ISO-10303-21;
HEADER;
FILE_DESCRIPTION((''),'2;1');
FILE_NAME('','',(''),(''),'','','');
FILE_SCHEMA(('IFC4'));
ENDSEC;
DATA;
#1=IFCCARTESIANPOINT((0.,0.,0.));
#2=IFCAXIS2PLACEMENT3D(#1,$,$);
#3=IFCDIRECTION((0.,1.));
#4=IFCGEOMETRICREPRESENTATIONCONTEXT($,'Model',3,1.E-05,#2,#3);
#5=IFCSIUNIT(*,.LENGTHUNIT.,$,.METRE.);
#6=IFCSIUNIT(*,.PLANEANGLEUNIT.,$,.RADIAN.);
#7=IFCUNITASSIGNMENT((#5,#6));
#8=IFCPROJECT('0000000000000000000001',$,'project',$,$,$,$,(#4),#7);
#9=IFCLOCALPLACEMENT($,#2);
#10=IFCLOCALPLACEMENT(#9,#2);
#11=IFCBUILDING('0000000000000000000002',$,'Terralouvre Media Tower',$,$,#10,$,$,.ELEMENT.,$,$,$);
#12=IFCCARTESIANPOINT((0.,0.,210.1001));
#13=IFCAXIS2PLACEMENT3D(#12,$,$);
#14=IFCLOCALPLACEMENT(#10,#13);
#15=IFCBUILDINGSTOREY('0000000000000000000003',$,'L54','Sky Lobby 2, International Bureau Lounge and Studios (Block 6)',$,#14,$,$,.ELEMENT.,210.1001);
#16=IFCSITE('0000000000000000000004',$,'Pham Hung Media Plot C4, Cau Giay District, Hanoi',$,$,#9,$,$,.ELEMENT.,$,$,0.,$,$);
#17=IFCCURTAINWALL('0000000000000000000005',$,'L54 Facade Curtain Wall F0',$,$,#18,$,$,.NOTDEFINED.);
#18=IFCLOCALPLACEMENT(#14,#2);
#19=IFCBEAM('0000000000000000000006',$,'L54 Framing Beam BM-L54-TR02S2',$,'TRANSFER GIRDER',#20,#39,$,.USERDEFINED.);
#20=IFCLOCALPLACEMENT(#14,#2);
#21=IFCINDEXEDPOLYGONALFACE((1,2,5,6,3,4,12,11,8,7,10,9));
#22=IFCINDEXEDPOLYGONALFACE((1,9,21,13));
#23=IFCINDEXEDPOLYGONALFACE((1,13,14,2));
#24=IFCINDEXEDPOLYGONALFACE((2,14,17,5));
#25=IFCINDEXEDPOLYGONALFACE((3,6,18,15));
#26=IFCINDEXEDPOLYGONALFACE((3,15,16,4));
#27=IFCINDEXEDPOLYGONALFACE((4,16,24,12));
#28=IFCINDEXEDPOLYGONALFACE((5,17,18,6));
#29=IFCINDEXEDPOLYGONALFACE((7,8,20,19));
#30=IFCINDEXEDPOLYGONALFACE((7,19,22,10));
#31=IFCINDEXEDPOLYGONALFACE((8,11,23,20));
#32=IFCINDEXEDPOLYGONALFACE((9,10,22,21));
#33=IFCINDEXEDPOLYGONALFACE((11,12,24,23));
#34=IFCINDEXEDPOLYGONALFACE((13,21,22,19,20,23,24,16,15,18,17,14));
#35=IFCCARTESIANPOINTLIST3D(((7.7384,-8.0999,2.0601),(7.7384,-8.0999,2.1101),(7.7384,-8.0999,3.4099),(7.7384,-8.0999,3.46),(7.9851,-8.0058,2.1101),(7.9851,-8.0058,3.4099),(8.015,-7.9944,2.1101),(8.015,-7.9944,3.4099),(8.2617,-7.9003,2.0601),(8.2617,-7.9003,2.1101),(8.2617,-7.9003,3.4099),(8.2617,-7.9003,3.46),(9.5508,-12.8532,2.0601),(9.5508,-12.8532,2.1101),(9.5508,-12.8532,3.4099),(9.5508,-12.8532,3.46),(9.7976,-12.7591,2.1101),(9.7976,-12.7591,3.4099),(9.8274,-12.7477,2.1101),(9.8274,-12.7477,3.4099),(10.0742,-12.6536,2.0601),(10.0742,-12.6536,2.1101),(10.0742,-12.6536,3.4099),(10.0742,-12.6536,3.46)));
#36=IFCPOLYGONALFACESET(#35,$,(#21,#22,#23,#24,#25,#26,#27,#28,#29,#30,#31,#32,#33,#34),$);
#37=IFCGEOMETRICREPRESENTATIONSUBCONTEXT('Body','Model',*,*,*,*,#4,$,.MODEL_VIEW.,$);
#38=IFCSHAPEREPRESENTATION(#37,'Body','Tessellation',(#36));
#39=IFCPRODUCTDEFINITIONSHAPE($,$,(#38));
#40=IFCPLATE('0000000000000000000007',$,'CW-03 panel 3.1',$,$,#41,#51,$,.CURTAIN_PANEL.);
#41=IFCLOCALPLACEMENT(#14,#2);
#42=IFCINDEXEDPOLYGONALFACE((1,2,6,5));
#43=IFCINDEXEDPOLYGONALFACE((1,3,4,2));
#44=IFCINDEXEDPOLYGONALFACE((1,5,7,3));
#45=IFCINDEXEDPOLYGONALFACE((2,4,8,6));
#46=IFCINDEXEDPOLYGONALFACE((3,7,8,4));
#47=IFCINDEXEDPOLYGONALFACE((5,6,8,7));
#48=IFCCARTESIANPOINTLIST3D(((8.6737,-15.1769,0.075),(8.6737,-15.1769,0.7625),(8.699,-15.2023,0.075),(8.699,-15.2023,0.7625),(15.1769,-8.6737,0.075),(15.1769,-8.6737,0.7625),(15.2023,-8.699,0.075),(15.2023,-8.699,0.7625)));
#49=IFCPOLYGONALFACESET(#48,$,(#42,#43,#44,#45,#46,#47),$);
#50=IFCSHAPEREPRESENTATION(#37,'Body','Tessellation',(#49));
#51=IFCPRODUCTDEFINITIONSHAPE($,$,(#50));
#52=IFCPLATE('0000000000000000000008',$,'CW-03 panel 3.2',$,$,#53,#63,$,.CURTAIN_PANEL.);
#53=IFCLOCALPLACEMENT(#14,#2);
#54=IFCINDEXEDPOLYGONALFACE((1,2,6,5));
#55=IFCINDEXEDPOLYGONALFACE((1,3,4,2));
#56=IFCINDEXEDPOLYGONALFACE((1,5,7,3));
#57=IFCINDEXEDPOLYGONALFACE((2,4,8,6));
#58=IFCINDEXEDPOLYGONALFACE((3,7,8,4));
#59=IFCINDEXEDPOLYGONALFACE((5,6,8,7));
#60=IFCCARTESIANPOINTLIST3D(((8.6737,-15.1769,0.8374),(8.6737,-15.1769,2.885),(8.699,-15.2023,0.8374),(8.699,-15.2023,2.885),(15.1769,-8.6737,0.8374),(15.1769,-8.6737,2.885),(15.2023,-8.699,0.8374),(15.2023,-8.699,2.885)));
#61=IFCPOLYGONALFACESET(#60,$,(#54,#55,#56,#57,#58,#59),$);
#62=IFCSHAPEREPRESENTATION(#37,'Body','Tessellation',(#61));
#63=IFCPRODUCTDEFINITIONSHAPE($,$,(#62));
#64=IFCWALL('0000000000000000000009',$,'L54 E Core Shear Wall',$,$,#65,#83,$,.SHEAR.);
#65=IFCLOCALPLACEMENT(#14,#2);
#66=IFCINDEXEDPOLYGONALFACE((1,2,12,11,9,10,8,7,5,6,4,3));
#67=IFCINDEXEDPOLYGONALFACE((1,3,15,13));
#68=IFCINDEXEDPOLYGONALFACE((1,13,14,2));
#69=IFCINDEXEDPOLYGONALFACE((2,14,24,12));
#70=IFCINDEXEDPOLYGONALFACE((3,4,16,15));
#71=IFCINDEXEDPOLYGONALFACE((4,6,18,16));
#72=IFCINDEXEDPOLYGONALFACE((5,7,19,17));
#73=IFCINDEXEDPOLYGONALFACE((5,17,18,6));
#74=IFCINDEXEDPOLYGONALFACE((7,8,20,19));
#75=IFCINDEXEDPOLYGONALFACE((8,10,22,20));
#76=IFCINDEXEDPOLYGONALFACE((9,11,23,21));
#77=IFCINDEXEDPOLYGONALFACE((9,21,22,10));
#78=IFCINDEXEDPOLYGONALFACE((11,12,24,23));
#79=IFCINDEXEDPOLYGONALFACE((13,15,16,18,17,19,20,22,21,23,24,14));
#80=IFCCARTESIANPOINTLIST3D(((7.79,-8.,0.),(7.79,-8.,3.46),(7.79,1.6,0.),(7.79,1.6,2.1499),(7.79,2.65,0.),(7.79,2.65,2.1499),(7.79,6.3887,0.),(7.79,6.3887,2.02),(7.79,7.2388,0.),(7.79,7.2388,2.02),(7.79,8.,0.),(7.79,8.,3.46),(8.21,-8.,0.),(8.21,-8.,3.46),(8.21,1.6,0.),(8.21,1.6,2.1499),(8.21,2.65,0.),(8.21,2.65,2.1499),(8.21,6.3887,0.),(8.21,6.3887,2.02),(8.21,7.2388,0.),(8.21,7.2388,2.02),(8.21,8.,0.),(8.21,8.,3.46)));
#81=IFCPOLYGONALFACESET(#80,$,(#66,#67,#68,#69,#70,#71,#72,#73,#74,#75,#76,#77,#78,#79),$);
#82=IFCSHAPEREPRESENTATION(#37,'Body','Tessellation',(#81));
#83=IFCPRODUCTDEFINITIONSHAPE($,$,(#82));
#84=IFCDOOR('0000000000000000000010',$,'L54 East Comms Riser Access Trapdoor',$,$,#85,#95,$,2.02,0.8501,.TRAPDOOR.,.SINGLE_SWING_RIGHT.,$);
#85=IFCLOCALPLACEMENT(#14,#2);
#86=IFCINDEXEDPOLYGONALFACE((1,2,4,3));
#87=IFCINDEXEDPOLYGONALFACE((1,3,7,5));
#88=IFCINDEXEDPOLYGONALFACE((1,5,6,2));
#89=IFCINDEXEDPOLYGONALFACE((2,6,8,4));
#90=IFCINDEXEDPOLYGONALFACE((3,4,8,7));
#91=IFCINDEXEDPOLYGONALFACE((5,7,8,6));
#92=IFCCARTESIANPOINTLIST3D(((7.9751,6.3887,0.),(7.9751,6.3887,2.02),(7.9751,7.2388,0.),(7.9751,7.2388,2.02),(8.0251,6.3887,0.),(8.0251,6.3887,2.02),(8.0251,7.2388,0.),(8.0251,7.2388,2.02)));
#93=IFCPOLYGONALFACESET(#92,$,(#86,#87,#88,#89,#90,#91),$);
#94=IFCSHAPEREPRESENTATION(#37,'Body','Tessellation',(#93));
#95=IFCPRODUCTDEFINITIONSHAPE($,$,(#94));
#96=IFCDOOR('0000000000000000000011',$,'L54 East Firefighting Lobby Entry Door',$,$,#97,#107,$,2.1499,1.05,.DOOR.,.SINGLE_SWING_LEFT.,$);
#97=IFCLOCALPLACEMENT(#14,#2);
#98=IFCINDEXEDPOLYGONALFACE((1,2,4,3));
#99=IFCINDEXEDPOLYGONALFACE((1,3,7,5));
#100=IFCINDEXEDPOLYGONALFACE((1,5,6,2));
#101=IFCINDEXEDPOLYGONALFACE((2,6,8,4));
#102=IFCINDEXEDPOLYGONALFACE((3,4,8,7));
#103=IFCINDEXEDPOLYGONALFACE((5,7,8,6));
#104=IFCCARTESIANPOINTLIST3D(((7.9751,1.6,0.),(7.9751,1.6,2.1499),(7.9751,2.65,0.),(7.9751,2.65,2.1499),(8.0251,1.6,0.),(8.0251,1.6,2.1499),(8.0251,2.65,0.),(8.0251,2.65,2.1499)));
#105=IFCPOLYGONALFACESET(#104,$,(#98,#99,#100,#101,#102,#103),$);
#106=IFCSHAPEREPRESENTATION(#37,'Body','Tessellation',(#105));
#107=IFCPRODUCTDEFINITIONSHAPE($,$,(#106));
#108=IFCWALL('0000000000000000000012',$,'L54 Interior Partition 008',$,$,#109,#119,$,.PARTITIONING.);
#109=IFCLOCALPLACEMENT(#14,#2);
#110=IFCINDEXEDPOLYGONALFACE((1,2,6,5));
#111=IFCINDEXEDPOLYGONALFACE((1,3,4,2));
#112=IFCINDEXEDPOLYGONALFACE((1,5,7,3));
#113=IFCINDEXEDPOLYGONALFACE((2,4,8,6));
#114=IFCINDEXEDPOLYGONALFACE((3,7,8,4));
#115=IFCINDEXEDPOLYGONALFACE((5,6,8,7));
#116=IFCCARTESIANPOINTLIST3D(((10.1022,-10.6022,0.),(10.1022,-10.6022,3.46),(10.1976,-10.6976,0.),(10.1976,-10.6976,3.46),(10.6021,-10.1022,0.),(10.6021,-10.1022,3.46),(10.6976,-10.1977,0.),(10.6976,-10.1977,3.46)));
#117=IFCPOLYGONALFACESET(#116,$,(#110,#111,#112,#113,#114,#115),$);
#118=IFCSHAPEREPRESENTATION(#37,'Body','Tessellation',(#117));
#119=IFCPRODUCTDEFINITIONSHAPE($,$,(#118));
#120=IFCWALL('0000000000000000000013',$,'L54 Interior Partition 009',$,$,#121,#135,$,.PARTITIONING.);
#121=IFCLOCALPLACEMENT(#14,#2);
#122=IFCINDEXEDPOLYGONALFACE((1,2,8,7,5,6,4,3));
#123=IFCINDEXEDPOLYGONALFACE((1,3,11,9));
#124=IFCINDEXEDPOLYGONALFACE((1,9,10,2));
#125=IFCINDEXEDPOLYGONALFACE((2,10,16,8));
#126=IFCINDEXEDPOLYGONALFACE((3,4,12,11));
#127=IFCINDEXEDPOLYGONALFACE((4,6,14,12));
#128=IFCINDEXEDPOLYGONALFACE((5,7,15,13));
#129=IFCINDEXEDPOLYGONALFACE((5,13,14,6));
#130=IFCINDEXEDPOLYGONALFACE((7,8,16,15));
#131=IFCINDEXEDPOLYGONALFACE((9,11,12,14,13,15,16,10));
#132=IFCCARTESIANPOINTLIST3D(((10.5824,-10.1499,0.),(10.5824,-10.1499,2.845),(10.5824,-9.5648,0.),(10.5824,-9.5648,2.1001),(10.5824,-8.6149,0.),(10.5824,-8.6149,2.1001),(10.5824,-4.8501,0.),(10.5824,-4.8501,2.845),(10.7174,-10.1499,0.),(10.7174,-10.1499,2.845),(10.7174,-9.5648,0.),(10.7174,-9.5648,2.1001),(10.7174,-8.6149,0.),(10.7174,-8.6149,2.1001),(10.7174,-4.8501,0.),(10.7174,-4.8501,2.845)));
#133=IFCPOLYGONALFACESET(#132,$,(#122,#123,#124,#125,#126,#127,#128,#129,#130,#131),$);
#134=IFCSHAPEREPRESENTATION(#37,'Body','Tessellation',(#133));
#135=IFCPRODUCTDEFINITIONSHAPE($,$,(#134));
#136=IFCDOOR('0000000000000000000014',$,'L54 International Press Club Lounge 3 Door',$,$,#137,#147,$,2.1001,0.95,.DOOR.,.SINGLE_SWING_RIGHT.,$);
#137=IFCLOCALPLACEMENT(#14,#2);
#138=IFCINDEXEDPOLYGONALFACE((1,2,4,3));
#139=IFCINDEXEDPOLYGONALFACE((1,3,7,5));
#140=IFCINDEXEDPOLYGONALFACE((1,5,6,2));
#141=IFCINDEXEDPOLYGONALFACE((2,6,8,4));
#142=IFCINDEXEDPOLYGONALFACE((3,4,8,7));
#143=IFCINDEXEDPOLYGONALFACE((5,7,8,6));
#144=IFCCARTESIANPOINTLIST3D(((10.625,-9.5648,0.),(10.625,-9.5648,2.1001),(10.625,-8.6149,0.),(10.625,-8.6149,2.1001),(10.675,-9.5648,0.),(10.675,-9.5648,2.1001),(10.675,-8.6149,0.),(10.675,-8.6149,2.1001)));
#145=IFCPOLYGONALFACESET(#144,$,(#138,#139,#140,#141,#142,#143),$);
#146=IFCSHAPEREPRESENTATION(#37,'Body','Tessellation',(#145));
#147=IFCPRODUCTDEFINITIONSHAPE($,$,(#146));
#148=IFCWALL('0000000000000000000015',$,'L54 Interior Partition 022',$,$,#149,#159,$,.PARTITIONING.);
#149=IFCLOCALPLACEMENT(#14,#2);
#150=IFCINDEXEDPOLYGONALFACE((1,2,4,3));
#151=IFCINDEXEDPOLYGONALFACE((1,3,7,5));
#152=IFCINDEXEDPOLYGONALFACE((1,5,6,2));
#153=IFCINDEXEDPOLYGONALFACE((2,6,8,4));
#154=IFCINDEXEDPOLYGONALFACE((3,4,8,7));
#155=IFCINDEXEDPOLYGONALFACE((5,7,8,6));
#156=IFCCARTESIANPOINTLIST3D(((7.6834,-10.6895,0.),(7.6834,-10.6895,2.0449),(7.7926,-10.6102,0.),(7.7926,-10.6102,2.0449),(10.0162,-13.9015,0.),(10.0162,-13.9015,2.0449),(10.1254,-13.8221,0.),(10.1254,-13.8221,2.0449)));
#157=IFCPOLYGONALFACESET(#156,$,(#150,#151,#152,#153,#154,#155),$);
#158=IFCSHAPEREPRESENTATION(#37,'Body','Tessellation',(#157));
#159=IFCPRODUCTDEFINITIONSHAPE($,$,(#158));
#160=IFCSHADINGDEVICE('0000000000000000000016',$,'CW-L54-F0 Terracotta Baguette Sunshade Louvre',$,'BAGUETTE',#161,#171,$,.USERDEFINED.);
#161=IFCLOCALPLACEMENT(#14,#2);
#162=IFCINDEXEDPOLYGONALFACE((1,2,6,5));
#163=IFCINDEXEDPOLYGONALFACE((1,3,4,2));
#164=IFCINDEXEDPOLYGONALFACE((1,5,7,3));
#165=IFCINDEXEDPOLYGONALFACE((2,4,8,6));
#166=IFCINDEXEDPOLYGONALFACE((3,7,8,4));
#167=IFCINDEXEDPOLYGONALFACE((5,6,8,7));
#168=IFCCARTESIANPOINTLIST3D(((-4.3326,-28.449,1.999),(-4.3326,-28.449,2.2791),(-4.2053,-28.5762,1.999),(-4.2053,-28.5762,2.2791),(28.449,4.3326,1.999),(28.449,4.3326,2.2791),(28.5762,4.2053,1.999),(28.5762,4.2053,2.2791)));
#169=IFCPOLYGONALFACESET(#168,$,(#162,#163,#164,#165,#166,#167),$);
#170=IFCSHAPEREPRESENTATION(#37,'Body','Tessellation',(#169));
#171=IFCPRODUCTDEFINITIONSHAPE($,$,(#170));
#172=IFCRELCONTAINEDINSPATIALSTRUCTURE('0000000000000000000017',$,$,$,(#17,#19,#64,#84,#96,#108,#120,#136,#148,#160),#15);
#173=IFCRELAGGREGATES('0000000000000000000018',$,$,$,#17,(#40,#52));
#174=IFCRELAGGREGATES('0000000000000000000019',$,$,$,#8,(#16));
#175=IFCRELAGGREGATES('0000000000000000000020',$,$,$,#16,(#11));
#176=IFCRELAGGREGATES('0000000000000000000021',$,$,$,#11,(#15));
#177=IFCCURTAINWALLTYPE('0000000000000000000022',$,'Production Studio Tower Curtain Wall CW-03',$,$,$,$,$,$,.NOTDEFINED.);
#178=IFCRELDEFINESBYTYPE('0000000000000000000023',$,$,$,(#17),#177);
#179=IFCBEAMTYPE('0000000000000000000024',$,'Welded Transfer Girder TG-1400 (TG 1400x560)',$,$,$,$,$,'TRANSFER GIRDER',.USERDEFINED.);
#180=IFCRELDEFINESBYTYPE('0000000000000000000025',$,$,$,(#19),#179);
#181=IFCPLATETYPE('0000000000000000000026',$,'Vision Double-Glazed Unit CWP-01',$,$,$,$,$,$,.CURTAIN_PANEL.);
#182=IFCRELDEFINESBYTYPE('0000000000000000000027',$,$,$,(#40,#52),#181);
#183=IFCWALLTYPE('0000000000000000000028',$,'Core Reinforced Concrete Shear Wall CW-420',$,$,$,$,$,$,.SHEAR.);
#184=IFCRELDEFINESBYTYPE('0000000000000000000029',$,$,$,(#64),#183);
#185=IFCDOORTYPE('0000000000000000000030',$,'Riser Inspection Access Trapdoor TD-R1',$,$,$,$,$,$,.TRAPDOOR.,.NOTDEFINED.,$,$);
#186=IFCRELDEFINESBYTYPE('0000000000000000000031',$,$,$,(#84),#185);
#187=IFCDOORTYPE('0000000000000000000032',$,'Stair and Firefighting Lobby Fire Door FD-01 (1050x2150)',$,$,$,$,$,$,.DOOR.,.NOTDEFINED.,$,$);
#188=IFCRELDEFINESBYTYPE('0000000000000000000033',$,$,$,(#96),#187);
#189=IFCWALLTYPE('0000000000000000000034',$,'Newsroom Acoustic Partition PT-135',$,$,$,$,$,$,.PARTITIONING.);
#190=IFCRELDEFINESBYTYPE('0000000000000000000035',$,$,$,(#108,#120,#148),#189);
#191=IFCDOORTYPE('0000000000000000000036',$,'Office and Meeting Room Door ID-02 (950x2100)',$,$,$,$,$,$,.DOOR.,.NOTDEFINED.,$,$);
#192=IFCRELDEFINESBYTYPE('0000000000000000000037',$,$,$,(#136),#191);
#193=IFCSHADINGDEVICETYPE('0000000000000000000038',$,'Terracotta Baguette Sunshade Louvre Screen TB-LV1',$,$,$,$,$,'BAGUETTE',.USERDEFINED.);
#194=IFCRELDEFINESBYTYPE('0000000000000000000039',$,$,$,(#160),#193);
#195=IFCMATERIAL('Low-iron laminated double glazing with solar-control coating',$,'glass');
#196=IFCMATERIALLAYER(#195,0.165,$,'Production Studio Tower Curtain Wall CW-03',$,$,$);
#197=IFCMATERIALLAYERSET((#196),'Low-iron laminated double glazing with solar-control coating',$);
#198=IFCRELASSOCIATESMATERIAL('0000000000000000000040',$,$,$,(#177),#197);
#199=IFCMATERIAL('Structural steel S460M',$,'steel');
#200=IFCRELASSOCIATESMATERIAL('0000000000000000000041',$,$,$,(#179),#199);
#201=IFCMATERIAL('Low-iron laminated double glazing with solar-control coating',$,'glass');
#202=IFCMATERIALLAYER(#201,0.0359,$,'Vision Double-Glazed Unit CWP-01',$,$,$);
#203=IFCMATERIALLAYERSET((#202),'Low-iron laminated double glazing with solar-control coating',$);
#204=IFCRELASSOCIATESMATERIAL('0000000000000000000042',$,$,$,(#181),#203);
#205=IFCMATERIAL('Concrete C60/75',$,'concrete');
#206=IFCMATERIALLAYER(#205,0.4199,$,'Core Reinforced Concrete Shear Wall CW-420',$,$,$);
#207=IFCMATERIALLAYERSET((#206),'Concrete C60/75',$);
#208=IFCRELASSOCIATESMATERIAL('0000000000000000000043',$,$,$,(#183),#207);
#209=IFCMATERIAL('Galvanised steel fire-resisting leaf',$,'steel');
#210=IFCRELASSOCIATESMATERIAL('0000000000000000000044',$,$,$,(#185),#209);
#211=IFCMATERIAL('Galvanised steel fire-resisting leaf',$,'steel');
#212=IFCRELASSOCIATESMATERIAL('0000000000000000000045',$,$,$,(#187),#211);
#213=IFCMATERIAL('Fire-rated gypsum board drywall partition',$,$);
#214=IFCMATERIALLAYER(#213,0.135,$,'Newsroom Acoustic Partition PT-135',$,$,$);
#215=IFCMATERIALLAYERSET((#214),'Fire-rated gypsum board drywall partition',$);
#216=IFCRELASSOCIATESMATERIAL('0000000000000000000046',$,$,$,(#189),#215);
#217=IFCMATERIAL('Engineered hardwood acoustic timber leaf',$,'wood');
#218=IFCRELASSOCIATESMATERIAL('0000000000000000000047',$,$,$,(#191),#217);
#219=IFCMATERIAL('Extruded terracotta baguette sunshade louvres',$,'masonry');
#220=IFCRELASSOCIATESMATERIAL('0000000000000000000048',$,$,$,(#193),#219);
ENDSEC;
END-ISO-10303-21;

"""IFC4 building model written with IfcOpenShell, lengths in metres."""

from ifc_helpers import new_model, si_unit, direction, frame, frame_2d, origin, origin_2d, place, context, subcontext, project, spatial, rectangle, i_section, extrude, material, layer, layer_set, material_profile, profile_set, type_object, element, fill, aggregate, save


model = new_model("IFC4")

# Units and contexts
model_context = context("Model", 3, precision=1e-05, world=origin(), true_north=direction((0.0, 1.0)))
body_context = subcontext(model_context, "Body", "Model", "MODEL_VIEW")
ifc_project = project(units=[si_unit("LENGTHUNIT", "METRE"), si_unit("PLANEANGLEUNIT", "RADIAN")], contexts=[model_context])

# Site, building, storey
site_placement = place(None, origin())
site = spatial("IfcSite", under=ifc_project, at=site_placement, Name="Pham Hung Media Plot C4, Cau Giay District, Hanoi", CompositionType="ELEMENT", RefElevation=0.0)
building_placement = place(site_placement, origin())
building = spatial("IfcBuilding", under=site, at=building_placement, Name="Terralouvre Media Tower", CompositionType="ELEMENT")
storey_placement = place(building_placement, frame((0.0, 0.0, 210.1001)))
storey = spatial("IfcBuildingStorey", under=building, at=storey_placement, Name="L54", Description="Sky Lobby 2, International Bureau Lounge and Studios (Block 6)", CompositionType="ELEMENT", Elevation=210.1001)

# Curtain wall
ifc_material_1 = material(Name="Low-iron laminated double glazing with solar-control coating", Category="glass")
ifc_layer_1 = layer(ifc_material_1, 0.165, Name="Production Studio Tower Curtain Wall CW-03")
ifc_layer_set_1 = layer_set([ifc_layer_1], Name="Low-iron laminated double glazing with solar-control coating")
curtain_wall_type = type_object("IfcCurtainWallType", Name="Production Studio Tower Curtain Wall CW-03", PredefinedType="NOTDEFINED", material=ifc_layer_set_1)
curtain_wall_placement = place(storey_placement, origin())
curtain_wall = element("IfcCurtainWall", 1, at=curtain_wall_placement, inside=storey, type_object=curtain_wall_type, Name="L54 Facade Curtain Wall F0", PredefinedType="NOTDEFINED")

# Beam
ifc_material_2 = material(Name="Structural steel S460M", Category="steel")
ifc_material_profile_1 = material_profile(ifc_material_2, i_section(OverallWidth=0.5601, OverallDepth=1.3999, WebThickness=0.032, FlangeThickness=0.05, at=origin_2d()), Name="TG 1400x560")
ifc_profile_set_1 = profile_set([ifc_material_profile_1], Name="Structural steel S460M")
beam_type_1 = type_object("IfcBeamType", Name="Welded Transfer Girder TG-1400 (TG 1400x560)", ElementType="TRANSFER GIRDER", PredefinedType="USERDEFINED", material=ifc_profile_set_1)
beam_1_placement = place(storey_placement, frame((9.8125, -12.7534, 2.76), z_axis=(-0.356283, 0.934378, 0.0), x_axis=(-0.934378, -0.356283, 0.0)))
element("IfcBeam", 2, at=beam_1_placement, inside=storey, type_object=beam_type_1, Name="L54 Framing Beam BM-L54-TR02S2", ObjectType="TRANSFER GIRDER", PredefinedType="USERDEFINED", context=body_context, shape_type="SweptSolid", body=[
    extrude(i_section(OverallWidth=0.5601, OverallDepth=1.3999, WebThickness=0.032, FlangeThickness=0.05, at=origin_2d()), origin(), (0.0, 0.0, 1.0), 5.0872),
])

# Plates
ifc_material_3 = material(Name="Low-iron laminated double glazing with solar-control coating", Category="glass")
ifc_layer_2 = layer(ifc_material_3, 0.0359, Name="Vision Double-Glazed Unit CWP-01")
ifc_layer_set_2 = layer_set([ifc_layer_2], Name="Low-iron laminated double glazing with solar-control coating")
plate_type = type_object("IfcPlateType", Name="Vision Double-Glazed Unit CWP-01", PredefinedType="CURTAIN_PANEL", material=ifc_layer_set_2)
plate_1_placement = place(storey_placement, frame((11.938, -11.938, 0.075), z_axis=(0.0, 0.0, 1.0), x_axis=(0.707107, 0.707107, 0.0)))
plate_1 = element("IfcPlate", 3, at=plate_1_placement, type_object=plate_type, Name="CW-03 panel 3.1", PredefinedType="CURTAIN_PANEL", context=body_context, shape_type="SweptSolid", body=[
    extrude(rectangle(XDim=9.197, YDim=0.0359, at=origin_2d()), origin(), (0.0, 0.0, 1.0), 0.6875),
])
plate_2_placement = place(storey_placement, frame((11.938, -11.938, 0.8374), z_axis=(0.0, 0.0, 1.0), x_axis=(0.707107, 0.707107, 0.0)))
plate_2 = element("IfcPlate", 4, at=plate_2_placement, type_object=plate_type, Name="CW-03 panel 3.2", PredefinedType="CURTAIN_PANEL", context=body_context, shape_type="SweptSolid", body=[
    extrude(rectangle(XDim=9.197, YDim=0.0359, at=origin_2d()), origin(), (0.0, 0.0, 1.0), 2.0476),
])
aggregate(curtain_wall, [plate_1, plate_2])

# Wall, openings, doors
ifc_material_4 = material(Name="Concrete C60/75", Category="concrete")
ifc_layer_3 = layer(ifc_material_4, 0.4199, Name="Core Reinforced Concrete Shear Wall CW-420")
ifc_layer_set_3 = layer_set([ifc_layer_3], Name="Concrete C60/75")
wall_type_1 = type_object("IfcWallType", Name="Core Reinforced Concrete Shear Wall CW-420", PredefinedType="SHEAR", material=ifc_layer_set_3)
wall_1_placement = place(storey_placement, frame((8.0, -8.0, 0.0), z_axis=(0.0, 0.0, 1.0), x_axis=(0.0, 1.0, 0.0)))
wall_1 = element("IfcWall", 5, at=wall_1_placement, inside=storey, type_object=wall_type_1, Name="L54 E Core Shear Wall", PredefinedType="SHEAR", context=body_context, shape_type="SweptSolid", body=[
    extrude(rectangle(XDim=16.0, YDim=0.4199, at=frame_2d((8.0, 0.0))), origin(), (0.0, 0.0, 1.0), 3.46),
])
opening_1_placement = place(wall_1_placement, frame((9.6001, 0.0, 0.0)))
opening_1 = element("IfcOpeningElement", 6, at=opening_1_placement, cuts=wall_1, PredefinedType="OPENING", context=body_context, shape_type="SweptSolid", body=[
    extrude(rectangle(XDim=1.05, YDim=2.1499, at=frame_2d((0.5249, 1.075))), frame((0.0, 0.22, 0.0), z_axis=(0.0, -1.0, 0.0), x_axis=(1.0, 0.0, 0.0)), (0.0, 0.0, 1.0), 0.4399),
])
opening_2_placement = place(wall_1_placement, frame((14.3887, 0.0, 0.0)))
opening_2 = element("IfcOpeningElement", 7, at=opening_2_placement, cuts=wall_1, PredefinedType="OPENING", context=body_context, shape_type="SweptSolid", body=[
    extrude(rectangle(XDim=0.8501, YDim=2.02, at=frame_2d((0.425, 1.01))), frame((0.0, 0.22, 0.0), z_axis=(0.0, -1.0, 0.0), x_axis=(1.0, 0.0, 0.0)), (0.0, 0.0, 1.0), 0.4399),
])
ifc_material_5 = material(Name="Galvanised steel fire-resisting leaf", Category="steel")
door_type_1 = type_object("IfcDoorType", Name="Riser Inspection Access Trapdoor TD-R1", OperationType="NOTDEFINED", PredefinedType="TRAPDOOR", material=ifc_material_5)
door_1_placement = place(opening_2_placement, origin())
door_1 = element("IfcDoor", 8, at=door_1_placement, inside=storey, type_object=door_type_1, Name="L54 East Comms Riser Access Trapdoor", OperationType="SINGLE_SWING_RIGHT", OverallHeight=2.02, OverallWidth=0.8501, PredefinedType="TRAPDOOR", context=body_context, shape_type="SweptSolid", body=[
    extrude(rectangle(XDim=0.8501, YDim=2.02, at=frame_2d((0.425, 1.01))), frame((0.0, 0.0249, 0.0), z_axis=(0.0, -1.0, 0.0), x_axis=(1.0, 0.0, 0.0)), (0.0, 0.0, 1.0), 0.05),
])
fill(opening_2, door_1)
ifc_material_6 = material(Name="Galvanised steel fire-resisting leaf", Category="steel")
door_type_2 = type_object("IfcDoorType", Name="Stair and Firefighting Lobby Fire Door FD-01 (1050x2150)", OperationType="NOTDEFINED", PredefinedType="DOOR", material=ifc_material_6)
door_2_placement = place(opening_1_placement, origin())
door_2 = element("IfcDoor", 9, at=door_2_placement, inside=storey, type_object=door_type_2, Name="L54 East Firefighting Lobby Entry Door", OperationType="SINGLE_SWING_LEFT", OverallHeight=2.1499, OverallWidth=1.05, PredefinedType="DOOR", context=body_context, shape_type="SweptSolid", body=[
    extrude(rectangle(XDim=1.05, YDim=2.1499, at=frame_2d((0.5249, 1.075))), frame((0.0, 0.0249, 0.0), z_axis=(0.0, -1.0, 0.0), x_axis=(1.0, 0.0, 0.0)), (0.0, 0.0, 1.0), 0.05),
])
fill(opening_1, door_2)

# Wall
ifc_material_7 = material(Name="Fire-rated gypsum board drywall partition")
ifc_layer_4 = layer(ifc_material_7, 0.135, Name="Newsroom Acoustic Partition PT-135")
ifc_layer_set_4 = layer_set([ifc_layer_4], Name="Fire-rated gypsum board drywall partition")
wall_type_2 = type_object("IfcWallType", Name="Newsroom Acoustic Partition PT-135", PredefinedType="PARTITIONING", material=ifc_layer_set_4)
wall_2_placement = place(storey_placement, frame((10.1499, -10.6499, 0.0), z_axis=(0.0, 0.0, 1.0), x_axis=(0.707107, 0.707107, 0.0)))
element("IfcWall", 10, at=wall_2_placement, inside=storey, type_object=wall_type_2, Name="L54 Interior Partition 008", PredefinedType="PARTITIONING", context=body_context, shape_type="SweptSolid", body=[
    extrude(rectangle(XDim=0.707, YDim=0.135, at=frame_2d((0.3535, 0.0))), origin(), (0.0, 0.0, 1.0), 3.46),
])

# Wall, opening, door
wall_3_placement = place(storey_placement, frame((10.6499, -10.1499, 0.0), z_axis=(0.0, 0.0, 1.0), x_axis=(0.0, 1.0, 0.0)))
wall_3 = element("IfcWall", 11, at=wall_3_placement, inside=storey, type_object=wall_type_2, Name="L54 Interior Partition 009", PredefinedType="PARTITIONING", context=body_context, shape_type="SweptSolid", body=[
    extrude(rectangle(XDim=5.2998, YDim=0.135, at=frame_2d((2.6499, 0.0))), origin(), (0.0, 0.0, 1.0), 2.845),
])
opening_3_placement = place(wall_3_placement, frame((0.585, 0.0, 0.0)))
opening_3 = element("IfcOpeningElement", 12, at=opening_3_placement, cuts=wall_3, PredefinedType="OPENING", context=body_context, shape_type="SweptSolid", body=[
    extrude(rectangle(XDim=0.95, YDim=2.1001, at=frame_2d((0.4751, 1.05))), frame((0.0, 0.0774, 0.0), z_axis=(0.0, -1.0, 0.0), x_axis=(1.0, 0.0, 0.0)), (0.0, 0.0, 1.0), 0.155),
])
ifc_material_8 = material(Name="Engineered hardwood acoustic timber leaf", Category="wood")
door_type_3 = type_object("IfcDoorType", Name="Office and Meeting Room Door ID-02 (950x2100)", OperationType="NOTDEFINED", PredefinedType="DOOR", material=ifc_material_8)
door_3_placement = place(opening_3_placement, origin())
door_3 = element("IfcDoor", 13, at=door_3_placement, inside=storey, type_object=door_type_3, Name="L54 International Press Club Lounge 3 Door", OperationType="SINGLE_SWING_RIGHT", OverallHeight=2.1001, OverallWidth=0.95, PredefinedType="DOOR", context=body_context, shape_type="SweptSolid", body=[
    extrude(rectangle(XDim=0.95, YDim=2.1001, at=frame_2d((0.4751, 1.05))), frame((0.0, 0.0249, 0.0), z_axis=(0.0, -1.0, 0.0), x_axis=(1.0, 0.0, 0.0)), (0.0, 0.0, 1.0), 0.05),
])
fill(opening_3, door_3)

# Wall
wall_4_placement = place(storey_placement, frame((10.0708, -13.8618, 0.0), z_axis=(0.0, 0.0, 1.0), x_axis=(-0.587649, 0.809116, 0.0)))
element("IfcWall", 14, at=wall_4_placement, inside=storey, type_object=wall_type_2, Name="L54 Interior Partition 022", PredefinedType="PARTITIONING", context=body_context, shape_type="SweptSolid", body=[
    extrude(rectangle(XDim=3.9697, YDim=0.135, at=frame_2d((1.9849, 0.0))), origin(), (0.0, 0.0, 1.0), 2.0449),
])

# Shading device
ifc_material_9 = material(Name="Extruded terracotta baguette sunshade louvres", Category="masonry")
shading_device_type = type_object("IfcShadingDeviceType", Name="Terracotta Baguette Sunshade Louvre Screen TB-LV1", ElementType="BAGUETTE", PredefinedType="USERDEFINED", material=ifc_material_9)
shading_device_placement = place(storey_placement, frame((12.1218, -12.1218, 1.999), z_axis=(0.0, 0.0, 1.0), x_axis=(0.707107, 0.707107, 0.0)))
element("IfcShadingDevice", 15, at=shading_device_placement, inside=storey, type_object=shading_device_type, Name="CW-L54-F0 Terracotta Baguette Sunshade Louvre", ObjectType="BAGUETTE", PredefinedType="USERDEFINED", context=body_context, shape_type="SweptSolid", body=[
    extrude(rectangle(XDim=46.3601, YDim=0.1799, at=origin_2d()), origin(), (0.0, 0.0, 1.0), 0.28),
])

save(model, "model.ifc")
